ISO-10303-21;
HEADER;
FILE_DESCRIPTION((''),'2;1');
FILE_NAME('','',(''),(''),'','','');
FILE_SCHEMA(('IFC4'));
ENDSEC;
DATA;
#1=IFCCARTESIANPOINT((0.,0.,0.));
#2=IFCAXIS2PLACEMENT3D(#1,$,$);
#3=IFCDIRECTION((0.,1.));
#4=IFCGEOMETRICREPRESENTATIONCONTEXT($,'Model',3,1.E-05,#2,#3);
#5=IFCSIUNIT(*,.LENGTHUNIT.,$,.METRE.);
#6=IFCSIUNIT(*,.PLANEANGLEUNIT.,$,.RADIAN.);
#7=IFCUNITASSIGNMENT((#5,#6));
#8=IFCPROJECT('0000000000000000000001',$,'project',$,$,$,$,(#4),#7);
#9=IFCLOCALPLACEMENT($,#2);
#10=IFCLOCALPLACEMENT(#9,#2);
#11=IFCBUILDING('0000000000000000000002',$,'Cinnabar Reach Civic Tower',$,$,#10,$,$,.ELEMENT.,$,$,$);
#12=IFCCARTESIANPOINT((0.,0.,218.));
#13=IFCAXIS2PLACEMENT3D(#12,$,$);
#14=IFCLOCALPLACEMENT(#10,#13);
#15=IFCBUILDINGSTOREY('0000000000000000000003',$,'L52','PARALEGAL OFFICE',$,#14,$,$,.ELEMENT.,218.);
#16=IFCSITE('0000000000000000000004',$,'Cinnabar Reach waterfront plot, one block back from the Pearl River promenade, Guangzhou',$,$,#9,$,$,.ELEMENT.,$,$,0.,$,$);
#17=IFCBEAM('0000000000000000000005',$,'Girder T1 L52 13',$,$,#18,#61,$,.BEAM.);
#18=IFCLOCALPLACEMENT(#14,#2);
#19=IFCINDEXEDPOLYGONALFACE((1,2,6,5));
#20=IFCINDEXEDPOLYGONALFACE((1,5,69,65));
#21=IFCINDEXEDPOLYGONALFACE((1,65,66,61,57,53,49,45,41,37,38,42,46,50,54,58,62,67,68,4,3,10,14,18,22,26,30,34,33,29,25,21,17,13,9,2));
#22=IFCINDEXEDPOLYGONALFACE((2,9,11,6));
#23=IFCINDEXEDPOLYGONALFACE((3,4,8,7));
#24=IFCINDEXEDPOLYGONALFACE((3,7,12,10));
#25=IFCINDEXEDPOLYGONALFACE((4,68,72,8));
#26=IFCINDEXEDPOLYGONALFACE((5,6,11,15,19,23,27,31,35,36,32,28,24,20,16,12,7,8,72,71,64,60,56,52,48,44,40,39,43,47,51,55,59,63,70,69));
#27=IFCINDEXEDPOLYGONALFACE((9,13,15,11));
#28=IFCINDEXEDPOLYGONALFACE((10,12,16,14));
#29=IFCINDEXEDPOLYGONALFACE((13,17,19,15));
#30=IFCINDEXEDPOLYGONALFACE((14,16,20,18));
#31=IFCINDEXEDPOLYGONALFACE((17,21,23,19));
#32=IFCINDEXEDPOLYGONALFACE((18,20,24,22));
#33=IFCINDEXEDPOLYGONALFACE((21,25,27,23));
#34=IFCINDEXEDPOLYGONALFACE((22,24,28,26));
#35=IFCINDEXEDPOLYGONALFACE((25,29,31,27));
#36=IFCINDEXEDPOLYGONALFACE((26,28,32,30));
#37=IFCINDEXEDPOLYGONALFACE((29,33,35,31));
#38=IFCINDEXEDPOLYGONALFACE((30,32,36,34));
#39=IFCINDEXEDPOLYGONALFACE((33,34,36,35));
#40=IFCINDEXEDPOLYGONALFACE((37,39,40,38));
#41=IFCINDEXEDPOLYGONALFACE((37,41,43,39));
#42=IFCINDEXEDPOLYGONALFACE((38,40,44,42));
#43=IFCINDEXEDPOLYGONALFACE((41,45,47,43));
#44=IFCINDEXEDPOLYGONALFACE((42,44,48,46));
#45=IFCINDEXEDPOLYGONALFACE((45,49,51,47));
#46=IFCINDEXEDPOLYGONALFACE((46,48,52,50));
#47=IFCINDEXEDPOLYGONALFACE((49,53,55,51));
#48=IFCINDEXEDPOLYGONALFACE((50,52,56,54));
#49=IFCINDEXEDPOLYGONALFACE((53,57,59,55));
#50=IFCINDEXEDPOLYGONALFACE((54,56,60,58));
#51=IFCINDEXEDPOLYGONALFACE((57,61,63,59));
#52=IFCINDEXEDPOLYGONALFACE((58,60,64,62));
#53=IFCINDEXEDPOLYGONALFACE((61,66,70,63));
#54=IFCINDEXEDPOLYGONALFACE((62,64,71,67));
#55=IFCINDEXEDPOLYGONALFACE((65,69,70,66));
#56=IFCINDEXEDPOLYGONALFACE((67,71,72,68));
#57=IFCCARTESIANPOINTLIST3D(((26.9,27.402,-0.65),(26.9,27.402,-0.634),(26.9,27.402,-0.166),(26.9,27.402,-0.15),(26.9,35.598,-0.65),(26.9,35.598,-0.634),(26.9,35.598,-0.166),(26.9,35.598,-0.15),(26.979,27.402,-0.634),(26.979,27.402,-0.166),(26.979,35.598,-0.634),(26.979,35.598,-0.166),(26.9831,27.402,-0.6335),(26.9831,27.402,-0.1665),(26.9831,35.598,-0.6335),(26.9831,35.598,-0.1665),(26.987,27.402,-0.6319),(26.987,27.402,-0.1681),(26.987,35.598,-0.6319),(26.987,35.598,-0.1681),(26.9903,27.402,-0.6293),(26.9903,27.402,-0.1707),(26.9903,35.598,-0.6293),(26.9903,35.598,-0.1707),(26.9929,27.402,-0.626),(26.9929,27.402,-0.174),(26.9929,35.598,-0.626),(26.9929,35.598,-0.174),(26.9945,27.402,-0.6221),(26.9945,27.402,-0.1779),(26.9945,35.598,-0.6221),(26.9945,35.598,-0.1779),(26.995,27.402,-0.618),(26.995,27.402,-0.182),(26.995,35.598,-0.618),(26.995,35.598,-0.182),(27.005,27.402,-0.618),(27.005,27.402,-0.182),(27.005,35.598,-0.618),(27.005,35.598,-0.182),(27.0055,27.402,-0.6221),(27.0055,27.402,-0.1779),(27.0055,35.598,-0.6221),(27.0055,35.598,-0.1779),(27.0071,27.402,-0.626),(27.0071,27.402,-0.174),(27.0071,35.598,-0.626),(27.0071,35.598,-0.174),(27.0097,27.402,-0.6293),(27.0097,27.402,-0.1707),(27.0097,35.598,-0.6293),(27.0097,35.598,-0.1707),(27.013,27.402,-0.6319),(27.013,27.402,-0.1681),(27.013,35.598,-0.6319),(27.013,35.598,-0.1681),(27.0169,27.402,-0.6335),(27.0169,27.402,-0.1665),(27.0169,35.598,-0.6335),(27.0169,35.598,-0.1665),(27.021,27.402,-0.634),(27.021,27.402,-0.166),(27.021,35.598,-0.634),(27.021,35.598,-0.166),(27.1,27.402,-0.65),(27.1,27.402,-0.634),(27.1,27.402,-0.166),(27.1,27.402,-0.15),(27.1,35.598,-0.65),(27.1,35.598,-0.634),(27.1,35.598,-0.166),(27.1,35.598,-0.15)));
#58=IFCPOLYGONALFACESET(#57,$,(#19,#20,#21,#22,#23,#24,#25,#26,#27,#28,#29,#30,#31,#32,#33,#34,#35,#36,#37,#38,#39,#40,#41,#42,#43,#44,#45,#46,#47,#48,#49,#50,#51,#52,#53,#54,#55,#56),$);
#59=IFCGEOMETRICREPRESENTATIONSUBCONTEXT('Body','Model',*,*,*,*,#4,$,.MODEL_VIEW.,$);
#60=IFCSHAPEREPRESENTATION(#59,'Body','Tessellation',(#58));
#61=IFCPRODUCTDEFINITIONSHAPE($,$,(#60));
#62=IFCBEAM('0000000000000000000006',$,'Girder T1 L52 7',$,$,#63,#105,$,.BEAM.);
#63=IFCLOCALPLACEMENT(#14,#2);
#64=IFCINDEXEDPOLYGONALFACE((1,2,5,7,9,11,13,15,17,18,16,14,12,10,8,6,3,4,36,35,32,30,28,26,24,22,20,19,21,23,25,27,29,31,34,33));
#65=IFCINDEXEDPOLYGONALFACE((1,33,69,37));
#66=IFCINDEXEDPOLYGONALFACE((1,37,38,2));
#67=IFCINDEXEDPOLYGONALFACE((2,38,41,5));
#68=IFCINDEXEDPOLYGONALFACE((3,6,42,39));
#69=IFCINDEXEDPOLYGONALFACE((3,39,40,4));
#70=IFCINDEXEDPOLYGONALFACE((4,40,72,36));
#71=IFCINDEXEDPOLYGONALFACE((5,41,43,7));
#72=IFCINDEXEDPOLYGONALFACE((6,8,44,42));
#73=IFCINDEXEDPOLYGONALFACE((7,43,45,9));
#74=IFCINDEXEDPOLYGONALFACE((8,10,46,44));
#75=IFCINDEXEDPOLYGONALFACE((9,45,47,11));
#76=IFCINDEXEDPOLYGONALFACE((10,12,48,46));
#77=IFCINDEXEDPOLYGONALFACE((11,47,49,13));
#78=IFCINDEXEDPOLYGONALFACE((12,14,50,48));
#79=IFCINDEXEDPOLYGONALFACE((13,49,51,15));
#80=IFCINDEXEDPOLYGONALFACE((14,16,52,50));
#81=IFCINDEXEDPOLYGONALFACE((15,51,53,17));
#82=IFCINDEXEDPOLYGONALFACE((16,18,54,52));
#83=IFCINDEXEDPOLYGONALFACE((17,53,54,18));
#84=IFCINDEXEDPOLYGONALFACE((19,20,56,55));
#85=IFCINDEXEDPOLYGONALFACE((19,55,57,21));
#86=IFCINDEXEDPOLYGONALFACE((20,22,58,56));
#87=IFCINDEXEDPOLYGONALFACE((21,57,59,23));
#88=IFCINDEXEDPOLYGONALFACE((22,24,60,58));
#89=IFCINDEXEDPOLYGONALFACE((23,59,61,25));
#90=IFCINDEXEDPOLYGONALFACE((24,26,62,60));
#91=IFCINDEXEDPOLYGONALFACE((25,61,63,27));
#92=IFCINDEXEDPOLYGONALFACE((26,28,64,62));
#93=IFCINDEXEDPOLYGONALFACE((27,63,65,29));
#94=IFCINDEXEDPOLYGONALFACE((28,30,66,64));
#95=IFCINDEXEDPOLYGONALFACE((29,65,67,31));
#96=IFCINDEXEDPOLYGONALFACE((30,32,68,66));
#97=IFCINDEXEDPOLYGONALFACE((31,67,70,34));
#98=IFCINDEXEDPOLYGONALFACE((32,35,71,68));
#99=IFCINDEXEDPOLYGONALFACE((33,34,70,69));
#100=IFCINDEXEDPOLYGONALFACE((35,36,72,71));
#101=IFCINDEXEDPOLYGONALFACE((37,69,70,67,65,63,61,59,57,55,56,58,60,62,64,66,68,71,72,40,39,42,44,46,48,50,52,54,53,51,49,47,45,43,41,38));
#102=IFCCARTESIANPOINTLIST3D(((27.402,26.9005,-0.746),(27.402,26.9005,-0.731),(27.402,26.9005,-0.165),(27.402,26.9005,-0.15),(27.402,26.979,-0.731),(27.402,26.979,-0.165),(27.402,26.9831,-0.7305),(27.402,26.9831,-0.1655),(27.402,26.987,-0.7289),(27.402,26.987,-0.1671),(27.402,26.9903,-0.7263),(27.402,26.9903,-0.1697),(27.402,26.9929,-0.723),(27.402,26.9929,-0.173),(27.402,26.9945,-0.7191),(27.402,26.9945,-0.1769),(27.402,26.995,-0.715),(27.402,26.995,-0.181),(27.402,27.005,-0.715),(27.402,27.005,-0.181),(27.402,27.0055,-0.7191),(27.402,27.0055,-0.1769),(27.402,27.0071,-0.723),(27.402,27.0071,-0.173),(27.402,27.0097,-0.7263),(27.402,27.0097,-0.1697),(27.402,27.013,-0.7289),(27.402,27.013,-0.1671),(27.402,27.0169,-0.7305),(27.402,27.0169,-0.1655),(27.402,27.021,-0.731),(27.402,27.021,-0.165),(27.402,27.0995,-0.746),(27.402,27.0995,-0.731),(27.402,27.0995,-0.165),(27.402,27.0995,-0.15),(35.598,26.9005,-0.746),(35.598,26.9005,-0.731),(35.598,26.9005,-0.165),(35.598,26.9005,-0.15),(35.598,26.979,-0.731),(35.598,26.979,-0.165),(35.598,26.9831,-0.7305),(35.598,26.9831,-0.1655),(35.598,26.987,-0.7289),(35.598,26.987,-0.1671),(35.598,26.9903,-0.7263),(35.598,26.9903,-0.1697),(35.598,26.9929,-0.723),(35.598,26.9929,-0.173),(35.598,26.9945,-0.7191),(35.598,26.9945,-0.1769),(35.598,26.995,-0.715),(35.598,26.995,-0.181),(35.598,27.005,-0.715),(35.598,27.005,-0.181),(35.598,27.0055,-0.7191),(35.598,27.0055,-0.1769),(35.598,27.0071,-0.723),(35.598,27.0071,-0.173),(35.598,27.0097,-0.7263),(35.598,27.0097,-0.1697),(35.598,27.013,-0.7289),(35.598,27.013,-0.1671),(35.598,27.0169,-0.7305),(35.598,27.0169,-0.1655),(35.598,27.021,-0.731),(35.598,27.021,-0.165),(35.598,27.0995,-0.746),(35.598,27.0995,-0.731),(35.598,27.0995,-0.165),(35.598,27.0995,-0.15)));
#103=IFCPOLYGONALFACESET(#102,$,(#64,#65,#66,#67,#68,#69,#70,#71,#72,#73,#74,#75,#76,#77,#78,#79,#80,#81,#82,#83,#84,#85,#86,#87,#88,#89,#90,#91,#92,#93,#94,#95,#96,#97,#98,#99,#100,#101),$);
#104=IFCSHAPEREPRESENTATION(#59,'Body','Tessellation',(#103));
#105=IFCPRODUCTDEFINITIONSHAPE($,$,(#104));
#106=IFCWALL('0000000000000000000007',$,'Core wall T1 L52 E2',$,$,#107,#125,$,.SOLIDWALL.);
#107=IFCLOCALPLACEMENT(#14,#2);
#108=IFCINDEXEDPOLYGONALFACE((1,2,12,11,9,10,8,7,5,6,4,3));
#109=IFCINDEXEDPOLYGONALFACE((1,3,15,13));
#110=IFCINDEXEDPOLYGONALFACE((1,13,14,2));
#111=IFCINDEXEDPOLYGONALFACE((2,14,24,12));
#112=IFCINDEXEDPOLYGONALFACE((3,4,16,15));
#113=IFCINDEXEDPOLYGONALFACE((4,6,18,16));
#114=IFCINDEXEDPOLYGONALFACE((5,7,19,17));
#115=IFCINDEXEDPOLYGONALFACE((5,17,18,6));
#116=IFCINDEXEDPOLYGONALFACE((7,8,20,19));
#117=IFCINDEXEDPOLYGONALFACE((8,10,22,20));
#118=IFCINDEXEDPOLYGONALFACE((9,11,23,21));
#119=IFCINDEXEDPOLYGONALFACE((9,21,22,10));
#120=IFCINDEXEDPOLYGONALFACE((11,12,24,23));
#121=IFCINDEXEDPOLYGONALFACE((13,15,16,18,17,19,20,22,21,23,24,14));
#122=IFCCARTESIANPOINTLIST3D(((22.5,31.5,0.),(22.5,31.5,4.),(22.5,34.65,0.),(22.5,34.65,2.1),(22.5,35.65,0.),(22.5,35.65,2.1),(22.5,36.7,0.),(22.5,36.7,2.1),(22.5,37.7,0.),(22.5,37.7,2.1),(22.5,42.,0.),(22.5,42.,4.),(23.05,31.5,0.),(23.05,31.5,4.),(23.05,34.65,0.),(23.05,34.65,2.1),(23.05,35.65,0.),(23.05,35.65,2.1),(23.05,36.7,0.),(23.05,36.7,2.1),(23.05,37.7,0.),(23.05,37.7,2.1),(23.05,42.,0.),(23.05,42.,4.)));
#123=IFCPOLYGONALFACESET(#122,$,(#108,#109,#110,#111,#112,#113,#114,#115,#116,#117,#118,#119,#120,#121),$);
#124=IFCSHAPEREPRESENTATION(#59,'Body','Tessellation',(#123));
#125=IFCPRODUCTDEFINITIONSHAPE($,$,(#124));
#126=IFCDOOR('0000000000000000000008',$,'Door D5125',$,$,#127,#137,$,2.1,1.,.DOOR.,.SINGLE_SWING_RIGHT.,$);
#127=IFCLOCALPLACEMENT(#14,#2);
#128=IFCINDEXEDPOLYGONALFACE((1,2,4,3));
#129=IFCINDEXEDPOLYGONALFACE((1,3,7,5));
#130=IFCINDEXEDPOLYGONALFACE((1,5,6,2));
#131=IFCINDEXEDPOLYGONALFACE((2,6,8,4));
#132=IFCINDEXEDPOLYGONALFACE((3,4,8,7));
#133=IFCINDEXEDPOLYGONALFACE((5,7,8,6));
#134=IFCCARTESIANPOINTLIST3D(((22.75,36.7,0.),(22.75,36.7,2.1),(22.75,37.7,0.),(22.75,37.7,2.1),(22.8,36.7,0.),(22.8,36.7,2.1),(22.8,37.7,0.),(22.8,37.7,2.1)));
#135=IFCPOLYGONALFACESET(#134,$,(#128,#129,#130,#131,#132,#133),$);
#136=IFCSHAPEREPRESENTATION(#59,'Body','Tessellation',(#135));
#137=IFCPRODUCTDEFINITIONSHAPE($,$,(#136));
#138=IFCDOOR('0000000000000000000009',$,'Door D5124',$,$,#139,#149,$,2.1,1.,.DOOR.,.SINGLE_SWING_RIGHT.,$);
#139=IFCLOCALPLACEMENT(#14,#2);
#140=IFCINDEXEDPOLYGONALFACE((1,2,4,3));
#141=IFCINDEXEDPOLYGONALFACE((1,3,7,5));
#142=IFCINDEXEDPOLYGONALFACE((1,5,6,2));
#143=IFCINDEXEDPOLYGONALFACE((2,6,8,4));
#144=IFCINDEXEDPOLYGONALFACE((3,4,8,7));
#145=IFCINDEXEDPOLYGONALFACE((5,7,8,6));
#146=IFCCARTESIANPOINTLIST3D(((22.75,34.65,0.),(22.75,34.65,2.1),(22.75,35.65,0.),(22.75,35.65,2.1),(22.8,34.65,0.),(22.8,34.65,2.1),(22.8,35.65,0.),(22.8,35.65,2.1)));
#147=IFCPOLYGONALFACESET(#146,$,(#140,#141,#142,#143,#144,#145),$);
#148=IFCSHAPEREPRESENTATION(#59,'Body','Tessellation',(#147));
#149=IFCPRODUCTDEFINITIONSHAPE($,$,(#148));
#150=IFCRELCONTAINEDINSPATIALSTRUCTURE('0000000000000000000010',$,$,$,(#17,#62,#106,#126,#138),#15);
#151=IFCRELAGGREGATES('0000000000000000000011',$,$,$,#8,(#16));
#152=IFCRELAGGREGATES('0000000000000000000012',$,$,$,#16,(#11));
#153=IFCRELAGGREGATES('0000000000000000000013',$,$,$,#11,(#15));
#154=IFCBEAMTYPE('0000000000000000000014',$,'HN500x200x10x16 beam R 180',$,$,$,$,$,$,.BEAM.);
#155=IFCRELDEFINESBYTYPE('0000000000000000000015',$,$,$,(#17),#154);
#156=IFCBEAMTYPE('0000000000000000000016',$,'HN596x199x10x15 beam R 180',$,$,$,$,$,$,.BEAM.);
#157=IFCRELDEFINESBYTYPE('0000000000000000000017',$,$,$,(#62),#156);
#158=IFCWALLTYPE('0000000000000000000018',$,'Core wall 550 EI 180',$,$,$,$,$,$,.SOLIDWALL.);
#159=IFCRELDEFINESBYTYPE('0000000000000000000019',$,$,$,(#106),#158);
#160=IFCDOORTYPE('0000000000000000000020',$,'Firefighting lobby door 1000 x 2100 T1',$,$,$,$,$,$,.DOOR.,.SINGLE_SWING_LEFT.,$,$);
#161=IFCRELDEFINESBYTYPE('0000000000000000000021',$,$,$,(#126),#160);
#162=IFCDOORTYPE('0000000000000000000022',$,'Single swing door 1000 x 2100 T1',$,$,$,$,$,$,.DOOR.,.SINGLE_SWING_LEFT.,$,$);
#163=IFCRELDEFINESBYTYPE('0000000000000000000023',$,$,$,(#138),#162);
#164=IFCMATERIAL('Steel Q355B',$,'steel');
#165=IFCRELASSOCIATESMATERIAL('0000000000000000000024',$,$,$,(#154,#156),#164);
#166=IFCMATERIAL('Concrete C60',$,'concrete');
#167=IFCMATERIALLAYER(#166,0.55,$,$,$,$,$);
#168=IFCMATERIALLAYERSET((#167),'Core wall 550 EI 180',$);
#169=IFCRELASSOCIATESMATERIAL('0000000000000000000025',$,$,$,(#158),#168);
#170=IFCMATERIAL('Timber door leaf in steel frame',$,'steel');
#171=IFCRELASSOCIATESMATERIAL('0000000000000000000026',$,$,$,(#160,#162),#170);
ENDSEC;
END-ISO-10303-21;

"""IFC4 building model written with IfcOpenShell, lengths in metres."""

from ifc_helpers import new_model, si_unit, direction, frame, frame_2d, origin, origin_2d, place, context, subcontext, project, spatial, rectangle, i_section, extrude, material, layer, layer_set, material_profile, profile_set, type_object, element, fill, save


model = new_model("IFC4")

# Units and contexts
model_context = context("Model", 3, precision=1e-05, world=origin(), true_north=direction((0.0, 1.0)))
body_context = subcontext(model_context, "Body", "Model", "MODEL_VIEW")
ifc_project = project(units=[si_unit("LENGTHUNIT", "METRE"), si_unit("PLANEANGLEUNIT", "RADIAN")], contexts=[model_context])

# Site, building, storey
site_placement = place(None, origin())
site = spatial("IfcSite", under=ifc_project, at=site_placement, Name="Cinnabar Reach waterfront plot, one block back from the Pearl River promenade, Guangzhou", CompositionType="ELEMENT", RefElevation=0.0)
building_placement = place(site_placement, origin())
building = spatial("IfcBuilding", under=site, at=building_placement, Name="Cinnabar Reach Civic Tower", CompositionType="ELEMENT")
storey_placement = place(building_placement, frame((0.0, 0.0, 218.0)))
storey = spatial("IfcBuildingStorey", under=building, at=storey_placement, Name="L52", Description="PARALEGAL OFFICE", CompositionType="ELEMENT", Elevation=218.0)

# Shared definitions
ifc_material_1 = material(Name="Concrete C60", Category="concrete")

# Beams
ifc_material_2 = material(Name="Steel Q355B", Category="steel")
ifc_material_profile_1 = material_profile(ifc_material_2, i_section(OverallWidth=0.2, OverallDepth=0.5, WebThickness=0.01, FlangeThickness=0.016, FilletRadius=0.016, at=origin_2d()), Name="HN500x200x10x16")
ifc_profile_set_1 = profile_set([ifc_material_profile_1], Name="Steel Q355B")
beam_type_1 = type_object("IfcBeamType", Name="HN500x200x10x16 beam R 180", PredefinedType="BEAM", material=ifc_profile_set_1)
beam_1_placement = place(storey_placement, frame((27.0, 27.402, -0.4), z_axis=(0.0, 1.0, 0.0), x_axis=(-1.0, 0.0, 0.0)))
element("IfcBeam", 1, at=beam_1_placement, inside=storey, type_object=beam_type_1, Name="Girder T1 L52 13", PredefinedType="BEAM", context=body_context, shape_type="SweptSolid", body=[
    extrude(i_section(OverallWidth=0.2, OverallDepth=0.5, WebThickness=0.01, FlangeThickness=0.016, FilletRadius=0.016, at=origin_2d()), origin(), (0.0, 0.0, 1.0), 8.196),
])
ifc_material_profile_2 = material_profile(ifc_material_2, i_section(OverallWidth=0.199, OverallDepth=0.596, WebThickness=0.01, FlangeThickness=0.015, FilletRadius=0.016, at=origin_2d()), Name="HN596x199x10x15")
ifc_profile_set_2 = profile_set([ifc_material_profile_2], Name="Steel Q355B")
beam_type_2 = type_object("IfcBeamType", Name="HN596x199x10x15 beam R 180", PredefinedType="BEAM", material=ifc_profile_set_2)
beam_2_placement = place(storey_placement, frame((27.402, 27.0, -0.448), z_axis=(1.0, 0.0, 0.0), x_axis=(0.0, 1.0, 0.0)))
element("IfcBeam", 2, at=beam_2_placement, inside=storey, type_object=beam_type_2, Name="Girder T1 L52 7", PredefinedType="BEAM", context=body_context, shape_type="SweptSolid", body=[
    extrude(i_section(OverallWidth=0.199, OverallDepth=0.596, WebThickness=0.01, FlangeThickness=0.015, FilletRadius=0.016, at=origin_2d()), origin(), (0.0, 0.0, 1.0), 8.196),
])

# Wall, openings, doors
ifc_layer_1 = layer(ifc_material_1, 0.55)
ifc_layer_set_1 = layer_set([ifc_layer_1], Name="Core wall 550 EI 180")
wall_type_1 = type_object("IfcWallType", Name="Core wall 550 EI 180", PredefinedType="SOLIDWALL", material=ifc_layer_set_1)
wall_1_placement = place(storey_placement, frame((22.775, 31.5, 0.0), z_axis=(0.0, 0.0, 1.0), x_axis=(0.0, 1.0, 0.0)))
wall_1 = element("IfcWall", 3, at=wall_1_placement, inside=storey, type_object=wall_type_1, Name="Core wall T1 L52 E2", PredefinedType="SOLIDWALL", context=body_context, shape_type="SweptSolid", body=[
    extrude(rectangle(XDim=10.5, YDim=0.55, at=frame_2d((5.25, 0.0))), origin(), (0.0, 0.0, 1.0), 4.0),
])
opening_1_placement = place(wall_1_placement, frame((3.15, 0.0, 0.0)))
opening_1 = element("IfcOpeningElement", 4, at=opening_1_placement, cuts=wall_1, PredefinedType="OPENING", context=body_context, shape_type="SweptSolid", body=[
    extrude(rectangle(XDim=1.0, YDim=2.1, at=frame_2d((0.5, 1.05))), frame((0.0, 0.285, 0.0), z_axis=(0.0, -1.0, 0.0), x_axis=(1.0, 0.0, 0.0)), (0.0, 0.0, 1.0), 0.57),
])
opening_2_placement = place(wall_1_placement, frame((5.2, 0.0, 0.0)))
opening_2 = element("IfcOpeningElement", 5, at=opening_2_placement, cuts=wall_1, PredefinedType="OPENING", context=body_context, shape_type="SweptSolid", body=[
    extrude(rectangle(XDim=1.0, YDim=2.1, at=frame_2d((0.5, 1.05))), frame((0.0, 0.285, 0.0), z_axis=(0.0, -1.0, 0.0), x_axis=(1.0, 0.0, 0.0)), (0.0, 0.0, 1.0), 0.57),
])
ifc_material_3 = material(Name="Timber door leaf in steel frame", Category="steel")
door_type_1 = type_object("IfcDoorType", Name="Firefighting lobby door 1000 x 2100 T1", OperationType="SINGLE_SWING_LEFT", PredefinedType="DOOR", material=ifc_material_3)
door_1_placement = place(opening_2_placement, origin())
door_1 = element("IfcDoor", 6, at=door_1_placement, inside=storey, type_object=door_type_1, Name="Door D5125", OperationType="SINGLE_SWING_RIGHT", OverallHeight=2.1, OverallWidth=1.0, PredefinedType="DOOR", context=body_context, shape_type="SweptSolid", body=[
    extrude(rectangle(XDim=1.0, YDim=2.1, at=frame_2d((0.5, 1.05))), frame((0.0, 0.025, 0.0), z_axis=(0.0, -1.0, 0.0), x_axis=(1.0, 0.0, 0.0)), (0.0, 0.0, 1.0), 0.05),
])
fill(opening_2, door_1)
door_type_2 = type_object("IfcDoorType", Name="Single swing door 1000 x 2100 T1", OperationType="SINGLE_SWING_LEFT", PredefinedType="DOOR", material=ifc_material_3)
door_2_placement = place(opening_1_placement, origin())
door_2 = element("IfcDoor", 7, at=door_2_placement, inside=storey, type_object=door_type_2, Name="Door D5124", OperationType="SINGLE_SWING_RIGHT", OverallHeight=2.1, OverallWidth=1.0, PredefinedType="DOOR", context=body_context, shape_type="SweptSolid", body=[
    extrude(rectangle(XDim=1.0, YDim=2.1, at=frame_2d((0.5, 1.05))), frame((0.0, 0.025, 0.0), z_axis=(0.0, -1.0, 0.0), x_axis=(1.0, 0.0, 0.0)), (0.0, 0.0, 1.0), 0.05),
])
fill(opening_1, door_2)

save(model, "model.ifc")
